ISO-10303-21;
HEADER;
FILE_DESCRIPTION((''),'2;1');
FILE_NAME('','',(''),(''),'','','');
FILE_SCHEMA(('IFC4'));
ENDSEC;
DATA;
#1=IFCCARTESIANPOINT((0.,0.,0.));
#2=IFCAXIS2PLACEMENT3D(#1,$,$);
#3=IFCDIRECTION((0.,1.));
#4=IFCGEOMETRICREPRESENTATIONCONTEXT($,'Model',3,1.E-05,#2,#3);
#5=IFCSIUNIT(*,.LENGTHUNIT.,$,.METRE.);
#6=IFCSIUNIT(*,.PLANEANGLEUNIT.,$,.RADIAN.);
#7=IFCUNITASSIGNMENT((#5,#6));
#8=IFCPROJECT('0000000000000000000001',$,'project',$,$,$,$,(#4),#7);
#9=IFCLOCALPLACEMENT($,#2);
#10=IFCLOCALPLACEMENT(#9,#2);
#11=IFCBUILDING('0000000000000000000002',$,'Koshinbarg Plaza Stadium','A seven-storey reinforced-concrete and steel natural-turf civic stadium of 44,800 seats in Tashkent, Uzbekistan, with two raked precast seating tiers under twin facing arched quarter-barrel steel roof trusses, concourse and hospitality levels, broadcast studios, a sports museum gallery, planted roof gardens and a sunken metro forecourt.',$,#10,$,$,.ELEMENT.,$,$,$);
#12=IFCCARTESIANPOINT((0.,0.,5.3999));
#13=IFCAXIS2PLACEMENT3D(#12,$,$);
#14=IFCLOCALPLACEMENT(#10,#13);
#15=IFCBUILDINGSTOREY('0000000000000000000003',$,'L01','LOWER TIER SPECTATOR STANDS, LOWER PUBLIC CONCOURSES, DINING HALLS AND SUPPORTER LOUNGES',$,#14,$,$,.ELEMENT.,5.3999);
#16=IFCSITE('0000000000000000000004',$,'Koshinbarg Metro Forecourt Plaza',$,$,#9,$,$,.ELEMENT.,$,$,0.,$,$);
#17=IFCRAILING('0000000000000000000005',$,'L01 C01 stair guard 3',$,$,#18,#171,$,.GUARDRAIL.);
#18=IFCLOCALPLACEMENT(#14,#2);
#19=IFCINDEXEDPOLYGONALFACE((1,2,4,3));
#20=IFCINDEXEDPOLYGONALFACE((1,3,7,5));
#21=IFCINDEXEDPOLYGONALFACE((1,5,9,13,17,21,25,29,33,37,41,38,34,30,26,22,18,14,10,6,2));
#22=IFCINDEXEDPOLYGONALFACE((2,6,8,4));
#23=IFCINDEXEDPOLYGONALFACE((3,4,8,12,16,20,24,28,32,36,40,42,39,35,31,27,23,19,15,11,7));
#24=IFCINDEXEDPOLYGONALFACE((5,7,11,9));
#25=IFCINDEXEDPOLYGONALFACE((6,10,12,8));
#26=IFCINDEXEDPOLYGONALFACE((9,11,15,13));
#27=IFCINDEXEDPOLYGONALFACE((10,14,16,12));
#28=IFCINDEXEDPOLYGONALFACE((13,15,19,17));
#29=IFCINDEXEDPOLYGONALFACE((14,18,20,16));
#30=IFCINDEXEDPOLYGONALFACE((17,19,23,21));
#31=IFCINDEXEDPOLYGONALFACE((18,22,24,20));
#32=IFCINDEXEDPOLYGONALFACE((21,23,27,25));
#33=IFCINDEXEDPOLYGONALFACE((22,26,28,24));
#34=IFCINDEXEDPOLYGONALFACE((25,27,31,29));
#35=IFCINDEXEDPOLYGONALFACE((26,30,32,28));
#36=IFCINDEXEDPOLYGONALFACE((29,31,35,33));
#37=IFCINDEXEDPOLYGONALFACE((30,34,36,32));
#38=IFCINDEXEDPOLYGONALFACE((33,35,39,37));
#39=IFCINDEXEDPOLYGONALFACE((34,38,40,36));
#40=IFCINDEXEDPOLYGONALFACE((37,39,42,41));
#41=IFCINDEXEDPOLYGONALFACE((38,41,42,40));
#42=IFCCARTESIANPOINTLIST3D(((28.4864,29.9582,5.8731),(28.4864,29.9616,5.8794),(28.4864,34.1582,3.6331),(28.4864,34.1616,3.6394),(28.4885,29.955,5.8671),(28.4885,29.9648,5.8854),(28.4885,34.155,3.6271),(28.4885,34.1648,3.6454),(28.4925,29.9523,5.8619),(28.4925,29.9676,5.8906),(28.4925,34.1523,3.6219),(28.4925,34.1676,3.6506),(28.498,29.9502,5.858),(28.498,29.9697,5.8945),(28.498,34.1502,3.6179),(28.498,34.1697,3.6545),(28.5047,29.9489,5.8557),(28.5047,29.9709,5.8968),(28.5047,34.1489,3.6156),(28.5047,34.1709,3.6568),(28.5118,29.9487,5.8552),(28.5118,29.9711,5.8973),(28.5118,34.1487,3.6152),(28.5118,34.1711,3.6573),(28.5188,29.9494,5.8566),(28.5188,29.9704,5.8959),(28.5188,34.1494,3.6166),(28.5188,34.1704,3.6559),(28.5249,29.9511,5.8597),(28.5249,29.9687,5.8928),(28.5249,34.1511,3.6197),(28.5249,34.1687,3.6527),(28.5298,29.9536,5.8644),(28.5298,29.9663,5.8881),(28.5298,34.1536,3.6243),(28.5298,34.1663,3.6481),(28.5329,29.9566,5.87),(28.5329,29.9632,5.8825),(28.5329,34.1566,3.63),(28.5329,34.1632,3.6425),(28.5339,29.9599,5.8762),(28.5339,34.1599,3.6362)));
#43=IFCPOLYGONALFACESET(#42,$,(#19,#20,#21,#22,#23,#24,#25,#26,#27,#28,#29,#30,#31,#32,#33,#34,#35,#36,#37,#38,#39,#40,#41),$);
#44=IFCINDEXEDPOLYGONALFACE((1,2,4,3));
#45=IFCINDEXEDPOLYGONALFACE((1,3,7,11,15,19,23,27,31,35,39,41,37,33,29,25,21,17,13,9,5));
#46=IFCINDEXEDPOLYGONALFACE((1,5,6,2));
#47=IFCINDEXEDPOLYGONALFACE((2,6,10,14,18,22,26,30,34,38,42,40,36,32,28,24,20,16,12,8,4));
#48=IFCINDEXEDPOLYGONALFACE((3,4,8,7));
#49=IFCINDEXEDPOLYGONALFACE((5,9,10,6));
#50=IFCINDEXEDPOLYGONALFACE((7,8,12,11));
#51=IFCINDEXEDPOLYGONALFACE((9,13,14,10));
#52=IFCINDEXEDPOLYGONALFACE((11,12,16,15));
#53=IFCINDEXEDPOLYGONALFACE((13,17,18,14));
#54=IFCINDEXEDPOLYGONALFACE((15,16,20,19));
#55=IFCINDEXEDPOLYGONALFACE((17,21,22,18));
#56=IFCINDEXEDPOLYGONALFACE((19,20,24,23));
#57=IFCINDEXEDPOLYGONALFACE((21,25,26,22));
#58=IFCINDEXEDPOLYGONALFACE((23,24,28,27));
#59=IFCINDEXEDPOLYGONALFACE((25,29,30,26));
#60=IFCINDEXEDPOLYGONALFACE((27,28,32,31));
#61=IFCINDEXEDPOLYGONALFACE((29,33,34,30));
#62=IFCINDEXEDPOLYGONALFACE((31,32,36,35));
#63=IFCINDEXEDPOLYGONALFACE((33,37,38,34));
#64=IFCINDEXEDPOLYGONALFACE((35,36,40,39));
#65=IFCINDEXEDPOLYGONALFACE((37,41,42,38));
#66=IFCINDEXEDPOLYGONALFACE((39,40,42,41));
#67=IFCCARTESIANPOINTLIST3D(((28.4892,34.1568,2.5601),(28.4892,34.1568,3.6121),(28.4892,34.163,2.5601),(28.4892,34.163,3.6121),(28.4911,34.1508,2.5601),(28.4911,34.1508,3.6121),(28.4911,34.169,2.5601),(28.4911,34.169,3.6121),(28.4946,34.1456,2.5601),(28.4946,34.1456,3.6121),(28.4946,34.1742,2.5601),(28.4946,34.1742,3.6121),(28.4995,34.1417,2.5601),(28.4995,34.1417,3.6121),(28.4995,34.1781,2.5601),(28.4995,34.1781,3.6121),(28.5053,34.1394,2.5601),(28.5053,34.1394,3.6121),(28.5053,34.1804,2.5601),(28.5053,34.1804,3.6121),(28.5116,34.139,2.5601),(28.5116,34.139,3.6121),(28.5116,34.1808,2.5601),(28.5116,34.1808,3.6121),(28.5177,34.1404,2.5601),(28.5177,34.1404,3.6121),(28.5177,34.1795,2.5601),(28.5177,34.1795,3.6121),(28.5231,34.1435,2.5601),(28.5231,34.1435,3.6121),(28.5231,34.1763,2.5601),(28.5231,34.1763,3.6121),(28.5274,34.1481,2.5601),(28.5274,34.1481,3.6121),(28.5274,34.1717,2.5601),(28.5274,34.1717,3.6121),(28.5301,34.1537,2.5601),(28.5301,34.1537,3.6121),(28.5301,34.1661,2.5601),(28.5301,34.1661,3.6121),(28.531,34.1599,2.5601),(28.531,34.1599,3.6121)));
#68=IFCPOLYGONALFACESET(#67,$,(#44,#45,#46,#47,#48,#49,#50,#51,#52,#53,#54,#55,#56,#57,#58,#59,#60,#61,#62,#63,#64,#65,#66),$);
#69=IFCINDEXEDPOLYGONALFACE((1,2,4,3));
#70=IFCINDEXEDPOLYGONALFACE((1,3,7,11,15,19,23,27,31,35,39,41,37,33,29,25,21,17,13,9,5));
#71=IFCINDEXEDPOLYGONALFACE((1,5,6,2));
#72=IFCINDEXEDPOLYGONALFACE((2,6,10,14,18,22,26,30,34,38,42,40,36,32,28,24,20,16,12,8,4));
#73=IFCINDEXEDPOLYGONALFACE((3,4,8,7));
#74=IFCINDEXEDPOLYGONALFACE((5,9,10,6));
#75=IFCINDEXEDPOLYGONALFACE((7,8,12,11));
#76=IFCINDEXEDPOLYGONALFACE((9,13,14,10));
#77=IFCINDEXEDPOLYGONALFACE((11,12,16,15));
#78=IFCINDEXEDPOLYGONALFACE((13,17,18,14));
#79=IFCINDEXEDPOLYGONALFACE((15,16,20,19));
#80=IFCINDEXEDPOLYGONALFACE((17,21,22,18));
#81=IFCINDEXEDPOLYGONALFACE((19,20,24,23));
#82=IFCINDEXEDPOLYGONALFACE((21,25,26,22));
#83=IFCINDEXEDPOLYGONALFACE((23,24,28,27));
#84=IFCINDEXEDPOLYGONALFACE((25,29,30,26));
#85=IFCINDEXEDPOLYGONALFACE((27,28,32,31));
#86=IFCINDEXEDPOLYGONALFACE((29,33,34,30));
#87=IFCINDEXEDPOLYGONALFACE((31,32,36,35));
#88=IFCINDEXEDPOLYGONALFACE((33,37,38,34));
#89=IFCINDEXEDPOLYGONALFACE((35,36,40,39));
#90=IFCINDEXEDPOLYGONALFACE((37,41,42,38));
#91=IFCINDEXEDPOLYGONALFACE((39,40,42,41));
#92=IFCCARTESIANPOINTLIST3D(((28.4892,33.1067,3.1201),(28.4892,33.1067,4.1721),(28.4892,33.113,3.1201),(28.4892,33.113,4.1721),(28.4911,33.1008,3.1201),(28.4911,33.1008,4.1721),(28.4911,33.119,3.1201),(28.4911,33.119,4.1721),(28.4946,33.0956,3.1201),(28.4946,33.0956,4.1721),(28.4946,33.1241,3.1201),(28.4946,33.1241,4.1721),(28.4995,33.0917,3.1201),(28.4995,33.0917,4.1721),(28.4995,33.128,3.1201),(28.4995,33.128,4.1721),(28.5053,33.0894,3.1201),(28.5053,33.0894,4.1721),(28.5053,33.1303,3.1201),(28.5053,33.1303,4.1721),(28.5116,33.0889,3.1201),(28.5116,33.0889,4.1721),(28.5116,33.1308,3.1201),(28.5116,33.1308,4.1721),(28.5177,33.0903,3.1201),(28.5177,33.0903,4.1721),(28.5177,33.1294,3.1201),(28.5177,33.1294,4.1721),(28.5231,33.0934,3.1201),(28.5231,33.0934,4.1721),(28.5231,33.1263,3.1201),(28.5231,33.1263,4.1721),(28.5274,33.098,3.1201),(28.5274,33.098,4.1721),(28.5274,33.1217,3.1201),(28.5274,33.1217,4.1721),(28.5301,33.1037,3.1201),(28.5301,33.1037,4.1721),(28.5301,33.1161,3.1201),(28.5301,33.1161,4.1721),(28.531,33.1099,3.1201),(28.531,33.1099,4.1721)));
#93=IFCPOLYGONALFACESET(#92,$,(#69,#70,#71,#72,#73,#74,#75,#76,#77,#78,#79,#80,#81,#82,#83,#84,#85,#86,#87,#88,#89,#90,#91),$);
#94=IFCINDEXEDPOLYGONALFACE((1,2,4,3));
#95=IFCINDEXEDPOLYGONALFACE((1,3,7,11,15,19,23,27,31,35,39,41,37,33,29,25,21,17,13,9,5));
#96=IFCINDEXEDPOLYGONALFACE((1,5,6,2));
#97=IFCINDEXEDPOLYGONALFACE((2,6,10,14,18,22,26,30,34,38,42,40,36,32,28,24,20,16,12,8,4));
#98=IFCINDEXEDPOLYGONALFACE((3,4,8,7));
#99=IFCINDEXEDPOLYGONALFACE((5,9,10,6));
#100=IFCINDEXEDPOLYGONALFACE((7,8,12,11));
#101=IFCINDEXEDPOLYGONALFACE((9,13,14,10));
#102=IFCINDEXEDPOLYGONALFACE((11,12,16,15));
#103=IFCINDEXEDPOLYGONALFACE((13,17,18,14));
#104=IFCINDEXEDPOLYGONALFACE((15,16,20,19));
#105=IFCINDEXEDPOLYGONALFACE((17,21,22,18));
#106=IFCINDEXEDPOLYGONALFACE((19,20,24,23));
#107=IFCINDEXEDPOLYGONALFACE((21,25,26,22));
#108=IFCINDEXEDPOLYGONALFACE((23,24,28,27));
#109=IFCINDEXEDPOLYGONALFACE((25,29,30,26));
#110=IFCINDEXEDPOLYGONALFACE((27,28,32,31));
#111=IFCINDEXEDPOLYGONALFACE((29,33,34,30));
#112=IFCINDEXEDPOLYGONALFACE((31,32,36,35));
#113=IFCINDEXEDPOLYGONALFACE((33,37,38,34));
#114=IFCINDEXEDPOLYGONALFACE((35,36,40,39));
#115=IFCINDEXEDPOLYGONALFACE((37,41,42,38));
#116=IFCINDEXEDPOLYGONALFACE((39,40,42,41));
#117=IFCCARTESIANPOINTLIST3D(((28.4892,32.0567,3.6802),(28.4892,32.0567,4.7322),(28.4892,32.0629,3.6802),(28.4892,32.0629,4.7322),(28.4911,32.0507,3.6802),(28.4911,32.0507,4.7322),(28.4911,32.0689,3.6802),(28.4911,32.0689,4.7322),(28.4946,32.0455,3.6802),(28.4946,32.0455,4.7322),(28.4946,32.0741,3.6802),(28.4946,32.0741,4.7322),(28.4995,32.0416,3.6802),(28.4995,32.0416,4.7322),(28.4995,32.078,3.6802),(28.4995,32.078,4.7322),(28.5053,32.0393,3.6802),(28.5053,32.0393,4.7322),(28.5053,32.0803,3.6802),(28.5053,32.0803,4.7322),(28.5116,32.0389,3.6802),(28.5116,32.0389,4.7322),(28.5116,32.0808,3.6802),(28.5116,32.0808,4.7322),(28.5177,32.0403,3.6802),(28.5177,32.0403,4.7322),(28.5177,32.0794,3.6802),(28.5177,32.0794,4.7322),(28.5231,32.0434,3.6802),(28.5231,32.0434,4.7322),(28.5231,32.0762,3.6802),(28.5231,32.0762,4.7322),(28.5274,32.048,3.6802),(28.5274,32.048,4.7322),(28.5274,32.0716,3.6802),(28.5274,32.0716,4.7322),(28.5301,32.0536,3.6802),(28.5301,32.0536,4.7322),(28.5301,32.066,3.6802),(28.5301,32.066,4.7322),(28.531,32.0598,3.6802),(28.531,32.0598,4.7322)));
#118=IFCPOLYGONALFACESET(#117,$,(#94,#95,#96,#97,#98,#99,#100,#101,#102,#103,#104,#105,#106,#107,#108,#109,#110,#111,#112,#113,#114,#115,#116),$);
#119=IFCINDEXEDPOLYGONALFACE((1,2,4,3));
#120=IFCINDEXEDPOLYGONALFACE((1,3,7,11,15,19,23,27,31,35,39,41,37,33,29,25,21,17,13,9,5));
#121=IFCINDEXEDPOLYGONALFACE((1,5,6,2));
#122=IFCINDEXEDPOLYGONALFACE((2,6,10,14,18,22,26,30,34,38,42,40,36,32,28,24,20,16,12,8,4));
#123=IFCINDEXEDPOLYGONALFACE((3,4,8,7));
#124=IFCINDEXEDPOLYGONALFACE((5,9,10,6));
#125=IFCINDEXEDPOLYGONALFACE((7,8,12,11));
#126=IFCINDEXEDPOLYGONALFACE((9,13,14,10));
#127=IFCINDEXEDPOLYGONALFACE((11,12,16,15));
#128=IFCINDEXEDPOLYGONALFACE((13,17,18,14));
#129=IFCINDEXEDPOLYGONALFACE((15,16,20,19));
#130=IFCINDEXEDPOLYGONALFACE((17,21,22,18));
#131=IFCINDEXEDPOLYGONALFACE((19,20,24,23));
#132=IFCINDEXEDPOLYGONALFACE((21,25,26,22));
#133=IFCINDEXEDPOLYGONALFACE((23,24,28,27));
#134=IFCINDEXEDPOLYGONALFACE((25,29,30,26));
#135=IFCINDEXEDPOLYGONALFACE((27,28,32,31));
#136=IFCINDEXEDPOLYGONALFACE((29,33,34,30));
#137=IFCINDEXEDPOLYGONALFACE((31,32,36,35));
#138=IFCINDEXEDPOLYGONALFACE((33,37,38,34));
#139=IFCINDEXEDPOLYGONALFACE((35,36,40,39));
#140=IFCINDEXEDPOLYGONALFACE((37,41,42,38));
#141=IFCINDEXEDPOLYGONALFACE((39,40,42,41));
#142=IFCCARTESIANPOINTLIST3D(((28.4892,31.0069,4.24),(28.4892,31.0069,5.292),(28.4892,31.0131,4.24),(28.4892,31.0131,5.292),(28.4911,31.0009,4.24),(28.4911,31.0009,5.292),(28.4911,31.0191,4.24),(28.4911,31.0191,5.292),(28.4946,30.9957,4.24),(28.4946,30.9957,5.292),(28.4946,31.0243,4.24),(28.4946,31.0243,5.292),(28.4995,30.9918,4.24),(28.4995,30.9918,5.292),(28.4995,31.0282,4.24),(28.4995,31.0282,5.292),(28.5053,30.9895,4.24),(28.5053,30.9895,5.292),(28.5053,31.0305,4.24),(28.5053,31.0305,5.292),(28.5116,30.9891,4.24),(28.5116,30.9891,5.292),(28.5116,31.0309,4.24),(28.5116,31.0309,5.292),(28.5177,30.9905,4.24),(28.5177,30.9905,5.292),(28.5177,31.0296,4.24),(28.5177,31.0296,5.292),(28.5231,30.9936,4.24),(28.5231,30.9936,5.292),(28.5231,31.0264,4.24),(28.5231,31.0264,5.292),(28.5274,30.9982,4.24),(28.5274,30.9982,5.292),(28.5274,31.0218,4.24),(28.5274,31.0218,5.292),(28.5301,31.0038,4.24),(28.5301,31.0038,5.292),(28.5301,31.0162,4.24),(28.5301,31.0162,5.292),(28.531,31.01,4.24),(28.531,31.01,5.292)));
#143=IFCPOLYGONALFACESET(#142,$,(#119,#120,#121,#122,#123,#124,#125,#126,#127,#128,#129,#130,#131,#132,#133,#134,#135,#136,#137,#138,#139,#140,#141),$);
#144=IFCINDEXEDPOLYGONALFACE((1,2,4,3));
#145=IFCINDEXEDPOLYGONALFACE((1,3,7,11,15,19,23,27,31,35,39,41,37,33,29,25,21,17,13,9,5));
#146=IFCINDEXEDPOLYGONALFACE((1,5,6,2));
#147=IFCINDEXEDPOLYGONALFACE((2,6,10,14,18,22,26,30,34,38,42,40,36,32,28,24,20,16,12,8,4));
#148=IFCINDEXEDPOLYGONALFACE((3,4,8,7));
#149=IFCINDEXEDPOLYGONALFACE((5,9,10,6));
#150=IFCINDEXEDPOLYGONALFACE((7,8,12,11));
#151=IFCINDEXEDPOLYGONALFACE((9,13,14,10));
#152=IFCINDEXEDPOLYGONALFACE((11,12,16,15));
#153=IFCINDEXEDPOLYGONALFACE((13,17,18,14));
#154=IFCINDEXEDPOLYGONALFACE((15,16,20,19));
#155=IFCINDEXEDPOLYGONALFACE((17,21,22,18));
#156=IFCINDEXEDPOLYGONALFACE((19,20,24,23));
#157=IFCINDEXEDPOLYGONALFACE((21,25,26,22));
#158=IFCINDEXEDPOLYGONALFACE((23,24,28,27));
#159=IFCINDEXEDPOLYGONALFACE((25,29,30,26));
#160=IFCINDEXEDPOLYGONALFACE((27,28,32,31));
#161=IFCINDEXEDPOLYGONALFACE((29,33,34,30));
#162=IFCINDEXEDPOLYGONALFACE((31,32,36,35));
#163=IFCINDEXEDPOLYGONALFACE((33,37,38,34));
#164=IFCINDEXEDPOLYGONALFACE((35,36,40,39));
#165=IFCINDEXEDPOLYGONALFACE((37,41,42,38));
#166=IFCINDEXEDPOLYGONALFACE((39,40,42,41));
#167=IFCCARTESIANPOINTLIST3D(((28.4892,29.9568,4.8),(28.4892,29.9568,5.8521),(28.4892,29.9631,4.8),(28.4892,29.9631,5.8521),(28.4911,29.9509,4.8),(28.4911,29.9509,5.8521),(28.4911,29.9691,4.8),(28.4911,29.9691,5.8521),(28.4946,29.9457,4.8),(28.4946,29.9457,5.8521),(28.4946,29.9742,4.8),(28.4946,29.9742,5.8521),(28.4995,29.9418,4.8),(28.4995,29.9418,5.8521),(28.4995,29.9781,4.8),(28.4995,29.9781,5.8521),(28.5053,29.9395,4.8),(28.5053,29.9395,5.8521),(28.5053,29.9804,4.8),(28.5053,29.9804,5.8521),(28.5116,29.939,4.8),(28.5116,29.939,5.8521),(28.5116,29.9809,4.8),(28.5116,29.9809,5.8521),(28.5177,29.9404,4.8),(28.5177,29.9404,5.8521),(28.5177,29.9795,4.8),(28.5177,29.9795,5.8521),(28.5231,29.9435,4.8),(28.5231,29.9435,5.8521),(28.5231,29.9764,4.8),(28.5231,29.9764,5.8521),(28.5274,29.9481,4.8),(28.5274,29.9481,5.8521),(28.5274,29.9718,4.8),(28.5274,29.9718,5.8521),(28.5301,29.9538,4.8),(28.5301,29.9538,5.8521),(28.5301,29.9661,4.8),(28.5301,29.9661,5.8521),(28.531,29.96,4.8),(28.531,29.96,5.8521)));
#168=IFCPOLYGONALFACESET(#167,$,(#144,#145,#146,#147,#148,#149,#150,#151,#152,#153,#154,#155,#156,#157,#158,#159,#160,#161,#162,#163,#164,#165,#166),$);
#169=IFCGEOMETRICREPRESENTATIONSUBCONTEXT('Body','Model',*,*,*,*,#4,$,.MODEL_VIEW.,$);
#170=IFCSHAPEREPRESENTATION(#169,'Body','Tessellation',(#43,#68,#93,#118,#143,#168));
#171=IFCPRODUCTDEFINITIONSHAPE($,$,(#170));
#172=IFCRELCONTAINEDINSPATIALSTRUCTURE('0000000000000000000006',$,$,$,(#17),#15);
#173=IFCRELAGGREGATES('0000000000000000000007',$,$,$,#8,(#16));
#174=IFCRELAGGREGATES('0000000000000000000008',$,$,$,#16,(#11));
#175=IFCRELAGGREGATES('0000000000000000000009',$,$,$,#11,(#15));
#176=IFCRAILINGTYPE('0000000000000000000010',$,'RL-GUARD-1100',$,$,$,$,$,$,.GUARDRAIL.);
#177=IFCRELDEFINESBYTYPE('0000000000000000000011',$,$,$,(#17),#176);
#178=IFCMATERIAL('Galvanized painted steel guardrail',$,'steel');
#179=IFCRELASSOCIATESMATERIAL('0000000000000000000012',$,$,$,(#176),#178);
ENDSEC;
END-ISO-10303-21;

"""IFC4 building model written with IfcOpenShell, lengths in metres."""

from ifc_helpers import new_model, si_unit, direction, frame, origin, origin_2d, place, context, subcontext, project, spatial, circle, extrude, material, type_object, element, save


model = new_model("IFC4")

# Units and contexts
model_context = context("Model", 3, precision=1e-05, world=origin(), true_north=direction((0.0, 1.0)))
body_context = subcontext(model_context, "Body", "Model", "MODEL_VIEW")
ifc_project = project(units=[si_unit("LENGTHUNIT", "METRE"), si_unit("PLANEANGLEUNIT", "RADIAN")], contexts=[model_context])

# Site, building, storey
site_placement = place(None, origin())
site = spatial("IfcSite", under=ifc_project, at=site_placement, Name="Koshinbarg Metro Forecourt Plaza", CompositionType="ELEMENT", RefElevation=0.0)
building_placement = place(site_placement, origin())
building = spatial("IfcBuilding", under=site, at=building_placement, Name="Koshinbarg Plaza Stadium", Description="A seven-storey reinforced-concrete and steel natural-turf civic stadium of 44,800 seats in Tashkent, Uzbekistan, with two raked precast seating tiers under twin facing arched quarter-barrel steel roof trusses, concourse and hospitality levels, broadcast studios, a sports museum gallery, planted roof gardens and a sunken metro forecourt.", CompositionType="ELEMENT")
storey_placement = place(building_placement, frame((0.0, 0.0, 5.3999)))
storey = spatial("IfcBuildingStorey", under=building, at=storey_placement, Name="L01", Description="LOWER TIER SPECTATOR STANDS, LOWER PUBLIC CONCOURSES, DINING HALLS AND SUPPORTER LOUNGES", CompositionType="ELEMENT", Elevation=5.3999)

# Railing
ifc_material_1 = material(Name="Galvanized painted steel guardrail", Category="steel")
railing_type_1 = type_object("IfcRailingType", Name="RL-GUARD-1100", PredefinedType="GUARDRAIL", material=ifc_material_1)
railing_1_placement = place(storey_placement, frame((28.51, 34.1599, 2.5601)))
element("IfcRailing", 1, at=railing_1_placement, inside=storey, type_object=railing_type_1, Name="L01 C01 stair guard 3", PredefinedType="GUARDRAIL", context=body_context, shape_type="SweptSolid", body=[
    extrude(circle(Radius=0.0239, at=origin_2d()), frame((0.0, 0.0, 1.0762), z_axis=(0.0, -0.882352, 0.470591), x_axis=(1.0, 0.0, 0.0)), (0.0, 0.0, 1.0), 4.76),
    extrude(circle(Radius=0.021, at=origin_2d()), origin(), (0.0, 0.0, 1.0), 1.052),
    extrude(circle(Radius=0.021, at=origin_2d()), frame((0.0, -1.05, 0.5601)), (0.0, 0.0, 1.0), 1.052),
    extrude(circle(Radius=0.021, at=origin_2d()), frame((0.0, -2.1001, 1.1201)), (0.0, 0.0, 1.0), 1.052),
    extrude(circle(Radius=0.021, at=origin_2d()), frame((0.0, -3.1499, 1.6799)), (0.0, 0.0, 1.0), 1.052),
    extrude(circle(Radius=0.021, at=origin_2d()), frame((0.0, -4.2, 2.24)), (0.0, 0.0, 1.0), 1.052),
])

save(model, "model.ifc")
